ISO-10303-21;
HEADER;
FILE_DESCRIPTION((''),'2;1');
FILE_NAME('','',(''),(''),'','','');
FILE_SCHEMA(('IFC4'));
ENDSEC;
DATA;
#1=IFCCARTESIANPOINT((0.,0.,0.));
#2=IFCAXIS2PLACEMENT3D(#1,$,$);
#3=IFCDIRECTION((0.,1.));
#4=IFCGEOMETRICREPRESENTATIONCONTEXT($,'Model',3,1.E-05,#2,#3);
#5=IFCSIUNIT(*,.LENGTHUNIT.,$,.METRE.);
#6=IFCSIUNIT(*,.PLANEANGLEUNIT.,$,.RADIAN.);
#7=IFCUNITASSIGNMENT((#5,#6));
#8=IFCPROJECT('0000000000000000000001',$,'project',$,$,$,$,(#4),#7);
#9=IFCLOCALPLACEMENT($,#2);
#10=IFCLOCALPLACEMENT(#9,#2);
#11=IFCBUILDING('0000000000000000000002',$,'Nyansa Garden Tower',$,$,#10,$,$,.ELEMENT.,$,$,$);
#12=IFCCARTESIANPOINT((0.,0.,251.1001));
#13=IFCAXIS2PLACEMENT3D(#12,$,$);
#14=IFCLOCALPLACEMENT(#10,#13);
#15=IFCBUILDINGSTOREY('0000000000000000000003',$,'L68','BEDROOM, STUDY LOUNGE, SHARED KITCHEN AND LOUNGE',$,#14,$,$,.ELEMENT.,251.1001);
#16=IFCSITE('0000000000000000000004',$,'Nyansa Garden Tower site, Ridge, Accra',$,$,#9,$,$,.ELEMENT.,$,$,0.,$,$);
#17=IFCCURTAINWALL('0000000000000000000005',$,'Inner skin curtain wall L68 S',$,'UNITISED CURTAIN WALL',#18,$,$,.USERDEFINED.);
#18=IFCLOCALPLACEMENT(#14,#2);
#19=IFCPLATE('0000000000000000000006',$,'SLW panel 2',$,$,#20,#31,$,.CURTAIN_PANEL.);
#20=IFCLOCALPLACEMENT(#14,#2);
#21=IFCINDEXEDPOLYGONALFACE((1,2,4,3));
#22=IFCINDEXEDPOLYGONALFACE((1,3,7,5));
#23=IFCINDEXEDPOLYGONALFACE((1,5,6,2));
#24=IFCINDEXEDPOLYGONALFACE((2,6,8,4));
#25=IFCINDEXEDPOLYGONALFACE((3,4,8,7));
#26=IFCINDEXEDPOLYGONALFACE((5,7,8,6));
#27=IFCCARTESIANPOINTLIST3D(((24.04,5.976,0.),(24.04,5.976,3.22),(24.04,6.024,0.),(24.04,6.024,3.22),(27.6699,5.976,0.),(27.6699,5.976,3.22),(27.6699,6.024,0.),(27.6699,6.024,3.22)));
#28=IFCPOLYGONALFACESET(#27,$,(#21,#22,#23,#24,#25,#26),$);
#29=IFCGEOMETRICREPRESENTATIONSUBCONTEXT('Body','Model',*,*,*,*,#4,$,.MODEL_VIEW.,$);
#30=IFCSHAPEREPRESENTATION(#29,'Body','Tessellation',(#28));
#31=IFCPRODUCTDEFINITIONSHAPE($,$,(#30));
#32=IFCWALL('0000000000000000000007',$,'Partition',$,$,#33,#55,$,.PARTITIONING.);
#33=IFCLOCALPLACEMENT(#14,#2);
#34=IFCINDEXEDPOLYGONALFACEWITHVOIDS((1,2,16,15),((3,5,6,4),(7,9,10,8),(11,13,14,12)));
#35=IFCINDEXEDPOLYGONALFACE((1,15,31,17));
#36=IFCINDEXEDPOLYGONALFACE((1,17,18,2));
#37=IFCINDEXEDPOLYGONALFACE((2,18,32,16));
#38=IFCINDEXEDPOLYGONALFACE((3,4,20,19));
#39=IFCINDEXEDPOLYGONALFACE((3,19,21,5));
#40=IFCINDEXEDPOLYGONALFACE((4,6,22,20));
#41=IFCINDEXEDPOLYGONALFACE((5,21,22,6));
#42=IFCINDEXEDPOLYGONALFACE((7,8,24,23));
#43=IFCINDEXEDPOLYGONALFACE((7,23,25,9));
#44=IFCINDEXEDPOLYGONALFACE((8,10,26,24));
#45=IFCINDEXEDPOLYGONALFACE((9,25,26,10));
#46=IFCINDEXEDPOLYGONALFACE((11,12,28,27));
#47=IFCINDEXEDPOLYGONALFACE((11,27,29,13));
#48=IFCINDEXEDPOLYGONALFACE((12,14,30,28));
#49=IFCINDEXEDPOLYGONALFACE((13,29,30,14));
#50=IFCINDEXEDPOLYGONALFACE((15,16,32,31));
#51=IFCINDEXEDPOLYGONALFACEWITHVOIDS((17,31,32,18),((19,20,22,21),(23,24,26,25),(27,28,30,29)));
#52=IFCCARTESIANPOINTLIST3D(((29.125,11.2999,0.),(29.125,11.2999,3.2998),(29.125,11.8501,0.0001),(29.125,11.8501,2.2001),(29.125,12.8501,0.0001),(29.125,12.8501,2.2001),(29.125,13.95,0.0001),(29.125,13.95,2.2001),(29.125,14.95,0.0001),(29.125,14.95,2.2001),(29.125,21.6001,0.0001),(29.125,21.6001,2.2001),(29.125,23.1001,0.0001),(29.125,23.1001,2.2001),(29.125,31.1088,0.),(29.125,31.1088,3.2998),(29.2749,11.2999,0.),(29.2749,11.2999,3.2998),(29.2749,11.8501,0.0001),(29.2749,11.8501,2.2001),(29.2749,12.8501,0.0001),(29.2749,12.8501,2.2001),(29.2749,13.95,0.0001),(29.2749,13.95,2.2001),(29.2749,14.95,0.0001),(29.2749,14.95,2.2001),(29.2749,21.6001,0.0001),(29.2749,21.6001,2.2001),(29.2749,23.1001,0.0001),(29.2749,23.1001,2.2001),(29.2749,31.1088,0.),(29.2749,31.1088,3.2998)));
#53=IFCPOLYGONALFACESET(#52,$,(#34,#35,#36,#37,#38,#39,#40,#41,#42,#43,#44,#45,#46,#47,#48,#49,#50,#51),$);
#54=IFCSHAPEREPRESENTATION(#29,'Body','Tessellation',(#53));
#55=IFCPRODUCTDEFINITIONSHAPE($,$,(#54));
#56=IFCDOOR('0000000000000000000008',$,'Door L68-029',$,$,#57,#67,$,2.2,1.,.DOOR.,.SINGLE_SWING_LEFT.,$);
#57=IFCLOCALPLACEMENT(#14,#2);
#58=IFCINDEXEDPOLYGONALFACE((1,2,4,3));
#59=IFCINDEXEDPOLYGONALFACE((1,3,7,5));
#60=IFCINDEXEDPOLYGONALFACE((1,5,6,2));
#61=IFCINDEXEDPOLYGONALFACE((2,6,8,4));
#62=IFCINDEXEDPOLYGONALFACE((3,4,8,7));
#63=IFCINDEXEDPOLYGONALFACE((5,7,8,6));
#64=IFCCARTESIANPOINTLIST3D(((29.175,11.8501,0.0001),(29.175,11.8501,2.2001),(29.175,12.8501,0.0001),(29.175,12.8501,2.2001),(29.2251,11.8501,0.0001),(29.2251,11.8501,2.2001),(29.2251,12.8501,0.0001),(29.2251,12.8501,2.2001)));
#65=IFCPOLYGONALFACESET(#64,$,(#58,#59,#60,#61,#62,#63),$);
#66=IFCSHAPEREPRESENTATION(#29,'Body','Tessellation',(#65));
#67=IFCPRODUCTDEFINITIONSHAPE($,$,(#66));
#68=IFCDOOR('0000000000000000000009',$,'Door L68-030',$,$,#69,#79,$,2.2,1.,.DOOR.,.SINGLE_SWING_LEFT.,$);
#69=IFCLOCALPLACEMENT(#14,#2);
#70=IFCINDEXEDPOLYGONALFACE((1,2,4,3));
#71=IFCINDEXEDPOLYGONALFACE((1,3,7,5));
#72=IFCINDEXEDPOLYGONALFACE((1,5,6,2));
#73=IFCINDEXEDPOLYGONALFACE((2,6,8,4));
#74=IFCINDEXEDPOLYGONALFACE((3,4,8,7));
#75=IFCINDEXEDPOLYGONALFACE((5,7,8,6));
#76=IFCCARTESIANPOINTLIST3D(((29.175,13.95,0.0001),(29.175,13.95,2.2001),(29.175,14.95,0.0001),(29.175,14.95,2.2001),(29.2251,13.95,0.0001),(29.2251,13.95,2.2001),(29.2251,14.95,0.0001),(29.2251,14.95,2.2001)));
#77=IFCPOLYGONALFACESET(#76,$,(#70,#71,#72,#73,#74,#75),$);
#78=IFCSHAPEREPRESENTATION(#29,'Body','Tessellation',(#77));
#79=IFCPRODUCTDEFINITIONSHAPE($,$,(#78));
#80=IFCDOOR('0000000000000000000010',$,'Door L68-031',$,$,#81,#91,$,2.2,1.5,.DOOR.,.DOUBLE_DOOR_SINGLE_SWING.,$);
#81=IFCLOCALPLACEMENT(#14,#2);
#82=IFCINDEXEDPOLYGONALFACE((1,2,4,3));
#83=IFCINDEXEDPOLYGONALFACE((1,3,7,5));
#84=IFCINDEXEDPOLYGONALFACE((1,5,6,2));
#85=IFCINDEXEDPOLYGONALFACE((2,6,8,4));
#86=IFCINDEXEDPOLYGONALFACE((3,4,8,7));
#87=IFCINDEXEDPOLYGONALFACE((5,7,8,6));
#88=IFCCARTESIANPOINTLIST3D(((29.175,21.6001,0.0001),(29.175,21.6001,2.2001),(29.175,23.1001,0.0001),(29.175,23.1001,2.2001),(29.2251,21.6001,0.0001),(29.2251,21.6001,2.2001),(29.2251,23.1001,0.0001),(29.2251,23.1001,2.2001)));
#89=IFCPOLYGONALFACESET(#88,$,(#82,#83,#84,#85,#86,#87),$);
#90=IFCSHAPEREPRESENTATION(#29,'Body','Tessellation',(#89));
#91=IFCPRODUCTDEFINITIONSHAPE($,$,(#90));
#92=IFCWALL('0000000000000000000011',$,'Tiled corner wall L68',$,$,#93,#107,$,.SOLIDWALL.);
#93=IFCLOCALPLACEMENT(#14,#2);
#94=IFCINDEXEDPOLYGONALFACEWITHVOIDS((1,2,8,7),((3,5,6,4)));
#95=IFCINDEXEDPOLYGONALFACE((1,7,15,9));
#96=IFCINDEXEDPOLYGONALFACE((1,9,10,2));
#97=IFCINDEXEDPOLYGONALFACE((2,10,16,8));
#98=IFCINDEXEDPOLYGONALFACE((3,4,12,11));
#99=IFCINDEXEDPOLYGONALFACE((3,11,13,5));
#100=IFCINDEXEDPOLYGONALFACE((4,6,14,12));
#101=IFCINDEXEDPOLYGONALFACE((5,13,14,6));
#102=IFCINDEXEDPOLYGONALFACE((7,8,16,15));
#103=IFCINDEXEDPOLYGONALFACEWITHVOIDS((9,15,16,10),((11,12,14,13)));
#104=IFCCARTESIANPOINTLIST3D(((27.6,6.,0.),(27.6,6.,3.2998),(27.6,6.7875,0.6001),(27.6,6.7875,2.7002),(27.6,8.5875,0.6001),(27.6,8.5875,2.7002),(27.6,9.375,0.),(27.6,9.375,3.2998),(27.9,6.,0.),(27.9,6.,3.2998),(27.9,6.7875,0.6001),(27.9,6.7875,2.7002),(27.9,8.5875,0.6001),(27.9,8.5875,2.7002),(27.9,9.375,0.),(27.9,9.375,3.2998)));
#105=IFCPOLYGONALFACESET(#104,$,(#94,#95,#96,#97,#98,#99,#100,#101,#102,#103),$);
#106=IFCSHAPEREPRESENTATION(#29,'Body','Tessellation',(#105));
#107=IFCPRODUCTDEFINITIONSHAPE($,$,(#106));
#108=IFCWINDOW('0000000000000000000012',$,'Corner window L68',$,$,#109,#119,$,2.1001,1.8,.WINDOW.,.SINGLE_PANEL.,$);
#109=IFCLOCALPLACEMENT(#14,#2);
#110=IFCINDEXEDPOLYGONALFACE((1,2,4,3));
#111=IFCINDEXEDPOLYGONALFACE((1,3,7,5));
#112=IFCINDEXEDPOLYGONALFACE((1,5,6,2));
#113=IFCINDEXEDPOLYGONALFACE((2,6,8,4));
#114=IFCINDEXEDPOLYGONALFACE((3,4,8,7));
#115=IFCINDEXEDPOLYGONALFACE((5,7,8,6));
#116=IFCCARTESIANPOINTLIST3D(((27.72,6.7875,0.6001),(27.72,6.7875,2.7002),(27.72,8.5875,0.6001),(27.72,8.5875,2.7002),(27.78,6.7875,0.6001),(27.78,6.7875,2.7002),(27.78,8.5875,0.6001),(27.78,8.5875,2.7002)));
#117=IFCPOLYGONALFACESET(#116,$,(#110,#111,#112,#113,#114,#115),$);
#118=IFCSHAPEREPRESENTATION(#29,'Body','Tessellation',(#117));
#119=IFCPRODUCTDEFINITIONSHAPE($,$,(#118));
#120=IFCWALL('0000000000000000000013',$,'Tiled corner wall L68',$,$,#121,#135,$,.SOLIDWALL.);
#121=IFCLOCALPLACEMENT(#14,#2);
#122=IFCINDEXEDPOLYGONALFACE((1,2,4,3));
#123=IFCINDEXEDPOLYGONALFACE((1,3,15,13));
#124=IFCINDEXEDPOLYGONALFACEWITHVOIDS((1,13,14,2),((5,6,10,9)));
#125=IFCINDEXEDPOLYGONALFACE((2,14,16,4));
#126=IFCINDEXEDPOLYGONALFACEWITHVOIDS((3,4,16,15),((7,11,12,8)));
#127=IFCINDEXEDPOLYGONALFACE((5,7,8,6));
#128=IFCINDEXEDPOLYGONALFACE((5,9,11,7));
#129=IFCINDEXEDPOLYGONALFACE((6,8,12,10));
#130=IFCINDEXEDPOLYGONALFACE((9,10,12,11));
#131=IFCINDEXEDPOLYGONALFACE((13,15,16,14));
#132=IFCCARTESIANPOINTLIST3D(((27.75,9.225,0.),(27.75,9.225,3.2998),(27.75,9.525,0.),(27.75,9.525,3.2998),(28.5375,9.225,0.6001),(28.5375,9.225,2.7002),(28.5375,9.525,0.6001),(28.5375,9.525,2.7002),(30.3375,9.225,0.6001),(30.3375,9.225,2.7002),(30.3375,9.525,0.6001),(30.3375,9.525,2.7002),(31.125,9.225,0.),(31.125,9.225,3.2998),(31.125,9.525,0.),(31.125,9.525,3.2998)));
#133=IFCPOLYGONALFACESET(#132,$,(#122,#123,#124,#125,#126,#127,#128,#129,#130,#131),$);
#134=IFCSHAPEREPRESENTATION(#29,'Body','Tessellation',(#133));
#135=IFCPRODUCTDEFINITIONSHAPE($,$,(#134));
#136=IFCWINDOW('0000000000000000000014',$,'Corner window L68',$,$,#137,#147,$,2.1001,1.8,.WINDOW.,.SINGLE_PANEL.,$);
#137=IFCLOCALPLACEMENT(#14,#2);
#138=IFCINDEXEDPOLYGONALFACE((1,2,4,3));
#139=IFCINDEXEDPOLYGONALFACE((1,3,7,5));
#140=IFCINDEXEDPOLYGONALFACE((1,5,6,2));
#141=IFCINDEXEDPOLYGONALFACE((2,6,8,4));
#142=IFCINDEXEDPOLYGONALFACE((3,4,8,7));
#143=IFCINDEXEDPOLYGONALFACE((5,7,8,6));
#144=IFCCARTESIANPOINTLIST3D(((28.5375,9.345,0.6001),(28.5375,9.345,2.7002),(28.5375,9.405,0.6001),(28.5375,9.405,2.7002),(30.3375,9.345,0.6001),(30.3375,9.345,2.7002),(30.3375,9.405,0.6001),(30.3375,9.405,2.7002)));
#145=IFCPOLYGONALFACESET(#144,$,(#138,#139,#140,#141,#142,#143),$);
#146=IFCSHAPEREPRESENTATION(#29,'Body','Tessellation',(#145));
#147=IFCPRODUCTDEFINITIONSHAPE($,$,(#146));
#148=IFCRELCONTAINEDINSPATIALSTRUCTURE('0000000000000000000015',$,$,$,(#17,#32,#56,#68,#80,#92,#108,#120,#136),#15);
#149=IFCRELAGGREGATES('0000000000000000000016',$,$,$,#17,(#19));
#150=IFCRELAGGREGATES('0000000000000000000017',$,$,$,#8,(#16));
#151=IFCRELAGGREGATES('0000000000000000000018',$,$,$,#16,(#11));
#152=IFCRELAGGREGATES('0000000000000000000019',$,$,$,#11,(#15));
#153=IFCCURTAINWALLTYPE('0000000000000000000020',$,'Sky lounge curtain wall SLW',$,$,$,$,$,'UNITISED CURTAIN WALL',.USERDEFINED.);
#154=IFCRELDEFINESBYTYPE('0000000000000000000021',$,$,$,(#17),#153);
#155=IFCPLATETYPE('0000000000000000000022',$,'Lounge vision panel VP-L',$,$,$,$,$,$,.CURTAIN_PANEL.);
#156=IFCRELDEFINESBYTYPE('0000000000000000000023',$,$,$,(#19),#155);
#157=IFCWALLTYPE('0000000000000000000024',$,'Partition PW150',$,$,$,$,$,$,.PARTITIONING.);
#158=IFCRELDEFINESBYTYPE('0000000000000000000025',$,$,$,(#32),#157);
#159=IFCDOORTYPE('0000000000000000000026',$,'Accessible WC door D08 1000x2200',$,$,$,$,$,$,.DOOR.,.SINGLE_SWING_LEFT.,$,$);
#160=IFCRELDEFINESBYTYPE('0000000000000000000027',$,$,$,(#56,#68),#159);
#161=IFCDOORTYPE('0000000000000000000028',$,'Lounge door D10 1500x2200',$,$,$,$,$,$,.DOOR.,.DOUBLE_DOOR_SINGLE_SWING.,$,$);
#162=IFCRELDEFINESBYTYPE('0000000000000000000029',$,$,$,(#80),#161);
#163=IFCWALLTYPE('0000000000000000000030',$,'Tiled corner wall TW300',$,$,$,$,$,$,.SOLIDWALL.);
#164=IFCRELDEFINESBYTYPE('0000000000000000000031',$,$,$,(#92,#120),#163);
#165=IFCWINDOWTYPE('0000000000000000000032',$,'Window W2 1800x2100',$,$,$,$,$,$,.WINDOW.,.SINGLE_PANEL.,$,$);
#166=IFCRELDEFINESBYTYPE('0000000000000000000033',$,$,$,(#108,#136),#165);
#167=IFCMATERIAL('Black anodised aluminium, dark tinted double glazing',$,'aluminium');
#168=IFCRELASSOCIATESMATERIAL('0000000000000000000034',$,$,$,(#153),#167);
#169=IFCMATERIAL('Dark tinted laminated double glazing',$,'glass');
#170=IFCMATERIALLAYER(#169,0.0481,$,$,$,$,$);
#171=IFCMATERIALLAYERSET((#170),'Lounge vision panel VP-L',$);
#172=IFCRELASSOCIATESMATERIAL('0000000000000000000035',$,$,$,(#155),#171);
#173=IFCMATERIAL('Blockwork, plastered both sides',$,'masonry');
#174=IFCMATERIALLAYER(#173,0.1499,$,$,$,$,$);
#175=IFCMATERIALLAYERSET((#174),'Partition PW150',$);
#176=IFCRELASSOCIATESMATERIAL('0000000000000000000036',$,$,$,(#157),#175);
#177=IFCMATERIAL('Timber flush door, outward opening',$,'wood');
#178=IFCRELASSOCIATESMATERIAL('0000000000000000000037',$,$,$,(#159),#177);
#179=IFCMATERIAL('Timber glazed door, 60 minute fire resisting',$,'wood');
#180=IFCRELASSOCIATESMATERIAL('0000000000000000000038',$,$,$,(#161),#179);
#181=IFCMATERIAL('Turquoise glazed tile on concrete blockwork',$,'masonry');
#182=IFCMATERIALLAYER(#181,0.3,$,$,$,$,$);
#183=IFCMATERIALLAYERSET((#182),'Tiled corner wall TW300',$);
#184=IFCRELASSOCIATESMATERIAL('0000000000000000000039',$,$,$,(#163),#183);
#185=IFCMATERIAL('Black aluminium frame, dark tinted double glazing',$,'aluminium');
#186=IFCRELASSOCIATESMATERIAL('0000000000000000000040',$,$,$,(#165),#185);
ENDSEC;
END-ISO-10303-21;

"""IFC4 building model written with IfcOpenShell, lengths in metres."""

from ifc_helpers import new_model, si_unit, direction, frame, frame_2d, origin, origin_2d, place, context, subcontext, project, spatial, rectangle, extrude, material, layer, layer_set, type_object, element, fill, aggregate, save


model = new_model("IFC4")

# Units and contexts
model_context = context("Model", 3, precision=1e-05, world=origin(), true_north=direction((0.0, 1.0)))
body_context = subcontext(model_context, "Body", "Model", "MODEL_VIEW")
ifc_project = project(units=[si_unit("LENGTHUNIT", "METRE"), si_unit("PLANEANGLEUNIT", "RADIAN")], contexts=[model_context])

# Site, building, storey
site_placement = place(None, origin())
site = spatial("IfcSite", under=ifc_project, at=site_placement, Name="Nyansa Garden Tower site, Ridge, Accra", CompositionType="ELEMENT", RefElevation=0.0)
building_placement = place(site_placement, origin())
building = spatial("IfcBuilding", under=site, at=building_placement, Name="Nyansa Garden Tower", CompositionType="ELEMENT")
storey_placement = place(building_placement, frame((0.0, 0.0, 251.1001)))
storey = spatial("IfcBuildingStorey", under=building, at=storey_placement, Name="L68", Description="BEDROOM, STUDY LOUNGE, SHARED KITCHEN AND LOUNGE", CompositionType="ELEMENT", Elevation=251.1001)

# Curtain wall
ifc_material_1 = material(Name="Black anodised aluminium, dark tinted double glazing", Category="aluminium")
curtain_wall_type = type_object("IfcCurtainWallType", Name="Sky lounge curtain wall SLW", ElementType="UNITISED CURTAIN WALL", PredefinedType="USERDEFINED", material=ifc_material_1)
curtain_wall_placement = place(storey_placement, origin())
curtain_wall = element("IfcCurtainWall", 1, at=curtain_wall_placement, inside=storey, type_object=curtain_wall_type, Name="Inner skin curtain wall L68 S", ObjectType="UNITISED CURTAIN WALL", PredefinedType="USERDEFINED")

# Plate
ifc_material_2 = material(Name="Dark tinted laminated double glazing", Category="glass")
ifc_layer_1 = layer(ifc_material_2, 0.0481)
ifc_layer_set_1 = layer_set([ifc_layer_1], Name="Lounge vision panel VP-L")
plate_type = type_object("IfcPlateType", Name="Lounge vision panel VP-L", PredefinedType="CURTAIN_PANEL", material=ifc_layer_set_1)
plate_placement = place(storey_placement, frame((25.855, 6.0, 0.0), z_axis=(0.0, 0.0, 1.0), x_axis=(1.0, 0.0, 0.0)))
plate = element("IfcPlate", 2, at=plate_placement, type_object=plate_type, Name="SLW panel 2", PredefinedType="CURTAIN_PANEL", context=body_context, shape_type="SweptSolid", body=[
    extrude(rectangle(XDim=3.6299, YDim=0.0481, at=origin_2d()), origin(), (0.0, 0.0, 1.0), 3.22),
])
aggregate(curtain_wall, [plate])

# Wall, openings, doors
ifc_material_3 = material(Name="Blockwork, plastered both sides", Category="masonry")
ifc_layer_2 = layer(ifc_material_3, 0.1499)
ifc_layer_set_2 = layer_set([ifc_layer_2], Name="Partition PW150")
wall_type_1 = type_object("IfcWallType", Name="Partition PW150", PredefinedType="PARTITIONING", material=ifc_layer_set_2)
wall_1_placement = place(storey_placement, frame((29.2, 11.3, 0.0), z_axis=(0.0, 0.0, 1.0), x_axis=(0.0, 1.0, 0.0)))
wall_1 = element("IfcWall", 3, at=wall_1_placement, inside=storey, type_object=wall_type_1, Name="Partition", PredefinedType="PARTITIONING", context=body_context, shape_type="SweptSolid", body=[
    extrude(rectangle(XDim=19.8088, YDim=0.1499, at=frame_2d((9.9043, 0.0))), origin(), (0.0, 0.0, 1.0), 3.2998),
])
opening_1_placement = place(wall_1_placement, frame((0.55, 0.0, 0.0)))
opening_1 = element("IfcOpeningElement", 4, at=opening_1_placement, cuts=wall_1, PredefinedType="OPENING", context=body_context, shape_type="SweptSolid", body=[
    extrude(rectangle(XDim=1.0, YDim=2.2, at=frame_2d((0.5, 1.1001))), frame((0.0, 0.085, 0.0), z_axis=(0.0, -1.0, 0.0), x_axis=(1.0, 0.0, 0.0)), (0.0, 0.0, 1.0), 0.1699),
])
opening_2_placement = place(wall_1_placement, frame((2.6499, 0.0, 0.0)))
opening_2 = element("IfcOpeningElement", 5, at=opening_2_placement, cuts=wall_1, PredefinedType="OPENING", context=body_context, shape_type="SweptSolid", body=[
    extrude(rectangle(XDim=1.0, YDim=2.2, at=frame_2d((0.5, 1.1001))), frame((0.0, 0.085, 0.0), z_axis=(0.0, -1.0, 0.0), x_axis=(1.0, 0.0, 0.0)), (0.0, 0.0, 1.0), 0.1699),
])
opening_3_placement = place(wall_1_placement, frame((10.3, 0.0, 0.0)))
opening_3 = element("IfcOpeningElement", 6, at=opening_3_placement, cuts=wall_1, PredefinedType="OPENING", context=body_context, shape_type="SweptSolid", body=[
    extrude(rectangle(XDim=1.5, YDim=2.2, at=frame_2d((0.75, 1.1001))), frame((0.0, 0.085, 0.0), z_axis=(0.0, -1.0, 0.0), x_axis=(1.0, 0.0, 0.0)), (0.0, 0.0, 1.0), 0.1699),
])
ifc_material_4 = material(Name="Timber flush door, outward opening", Category="wood")
door_type_1 = type_object("IfcDoorType", Name="Accessible WC door D08 1000x2200", OperationType="SINGLE_SWING_LEFT", PredefinedType="DOOR", material=ifc_material_4)
door_1_placement = place(opening_1_placement, origin())
door_1 = element("IfcDoor", 7, at=door_1_placement, inside=storey, type_object=door_type_1, Name="Door L68-029", OperationType="SINGLE_SWING_LEFT", OverallHeight=2.2, OverallWidth=1.0, PredefinedType="DOOR", context=body_context, shape_type="SweptSolid", body=[
    extrude(rectangle(XDim=1.0, YDim=2.2, at=frame_2d((0.5, 1.1001))), frame((0.0, 0.0249, 0.0), z_axis=(0.0, -1.0, 0.0), x_axis=(1.0, 0.0, 0.0)), (0.0, 0.0, 1.0), 0.05),
])
fill(opening_1, door_1)
door_2_placement = place(opening_2_placement, origin())
door_2 = element("IfcDoor", 8, at=door_2_placement, inside=storey, type_object=door_type_1, Name="Door L68-030", OperationType="SINGLE_SWING_LEFT", OverallHeight=2.2, OverallWidth=1.0, PredefinedType="DOOR", context=body_context, shape_type="SweptSolid", body=[
    extrude(rectangle(XDim=1.0, YDim=2.2, at=frame_2d((0.5, 1.1001))), frame((0.0, 0.0249, 0.0), z_axis=(0.0, -1.0, 0.0), x_axis=(1.0, 0.0, 0.0)), (0.0, 0.0, 1.0), 0.05),
])
fill(opening_2, door_2)
ifc_material_5 = material(Name="Timber glazed door, 60 minute fire resisting", Category="wood")
door_type_2 = type_object("IfcDoorType", Name="Lounge door D10 1500x2200", OperationType="DOUBLE_DOOR_SINGLE_SWING", PredefinedType="DOOR", material=ifc_material_5)
door_3_placement = place(opening_3_placement, origin())
door_3 = element("IfcDoor", 9, at=door_3_placement, inside=storey, type_object=door_type_2, Name="Door L68-031", OperationType="DOUBLE_DOOR_SINGLE_SWING", OverallHeight=2.2, OverallWidth=1.5, PredefinedType="DOOR", context=body_context, shape_type="SweptSolid", body=[
    extrude(rectangle(XDim=1.5, YDim=2.2, at=frame_2d((0.75, 1.1001))), frame((0.0, 0.0249, 0.0), z_axis=(0.0, -1.0, 0.0), x_axis=(1.0, 0.0, 0.0)), (0.0, 0.0, 1.0), 0.05),
])
fill(opening_3, door_3)

# Walls, openings, windows
ifc_material_6 = material(Name="Turquoise glazed tile on concrete blockwork", Category="masonry")
ifc_layer_3 = layer(ifc_material_6, 0.3)
ifc_layer_set_3 = layer_set([ifc_layer_3], Name="Tiled corner wall TW300")
wall_type_2 = type_object("IfcWallType", Name="Tiled corner wall TW300", PredefinedType="SOLIDWALL", material=ifc_layer_set_3)
wall_2_placement = place(storey_placement, frame((27.75, 6.0, 0.0), z_axis=(0.0, 0.0, 1.0), x_axis=(0.0, 1.0, 0.0)))
wall_2 = element("IfcWall", 10, at=wall_2_placement, inside=storey, type_object=wall_type_2, Name="Tiled corner wall L68", PredefinedType="SOLIDWALL", context=body_context, shape_type="SweptSolid", body=[
    extrude(rectangle(XDim=3.375, YDim=0.3, at=frame_2d((1.6875, 0.0))), origin(), (0.0, 0.0, 1.0), 3.2998),
])
opening_4_placement = place(wall_2_placement, frame((0.7876, 0.0, 0.6001)))
opening_4 = element("IfcOpeningElement", 11, at=opening_4_placement, cuts=wall_2, PredefinedType="OPENING", context=body_context, shape_type="SweptSolid", body=[
    extrude(rectangle(XDim=1.8, YDim=2.1001, at=frame_2d((0.8999, 1.05))), frame((0.0, 0.1599, 0.0), z_axis=(0.0, -1.0, 0.0), x_axis=(1.0, 0.0, 0.0)), (0.0, 0.0, 1.0), 0.3201),
])
ifc_material_7 = material(Name="Black aluminium frame, dark tinted double glazing", Category="aluminium")
window_type_1 = type_object("IfcWindowType", Name="Window W2 1800x2100", PartitioningType="SINGLE_PANEL", PredefinedType="WINDOW", material=ifc_material_7)
window_1_placement = place(opening_4_placement, origin())
window_1 = element("IfcWindow", 12, at=window_1_placement, inside=storey, type_object=window_type_1, Name="Corner window L68", OverallHeight=2.1001, OverallWidth=1.8, PartitioningType="SINGLE_PANEL", PredefinedType="WINDOW", context=body_context, shape_type="SweptSolid", body=[
    extrude(rectangle(XDim=1.8, YDim=2.1001, at=frame_2d((0.8999, 1.05))), frame((0.0, 0.03, 0.0), z_axis=(0.0, -1.0, 0.0), x_axis=(1.0, 0.0, 0.0)), (0.0, 0.0, 1.0), 0.0601),
])
fill(opening_4, window_1)
wall_3_placement = place(storey_placement, frame((27.75, 9.375, 0.0), z_axis=(0.0, 0.0, 1.0), x_axis=(1.0, 0.0, 0.0)))
wall_3 = element("IfcWall", 13, at=wall_3_placement, inside=storey, type_object=wall_type_2, Name="Tiled corner wall L68", PredefinedType="SOLIDWALL", context=body_context, shape_type="SweptSolid", body=[
    extrude(rectangle(XDim=3.375, YDim=0.3, at=frame_2d((1.6875, 0.0))), origin(), (0.0, 0.0, 1.0), 3.2998),
])
opening_5_placement = place(wall_3_placement, frame((0.7876, 0.0, 0.6001)))
opening_5 = element("IfcOpeningElement", 14, at=opening_5_placement, cuts=wall_3, PredefinedType="OPENING", context=body_context, shape_type="SweptSolid", body=[
    extrude(rectangle(XDim=1.8, YDim=2.1001, at=frame_2d((0.8999, 1.05))), frame((0.0, 0.1599, 0.0), z_axis=(0.0, -1.0, 0.0), x_axis=(1.0, 0.0, 0.0)), (0.0, 0.0, 1.0), 0.3201),
])
window_2_placement = place(opening_5_placement, origin())
window_2 = element("IfcWindow", 15, at=window_2_placement, inside=storey, type_object=window_type_1, Name="Corner window L68", OverallHeight=2.1001, OverallWidth=1.8, PartitioningType="SINGLE_PANEL", PredefinedType="WINDOW", context=body_context, shape_type="SweptSolid", body=[
    extrude(rectangle(XDim=1.8, YDim=2.1001, at=frame_2d((0.8999, 1.05))), frame((0.0, 0.03, 0.0), z_axis=(0.0, -1.0, 0.0), x_axis=(1.0, 0.0, 0.0)), (0.0, 0.0, 1.0), 0.0601),
])
fill(opening_5, window_2)

save(model, "model.ifc")
